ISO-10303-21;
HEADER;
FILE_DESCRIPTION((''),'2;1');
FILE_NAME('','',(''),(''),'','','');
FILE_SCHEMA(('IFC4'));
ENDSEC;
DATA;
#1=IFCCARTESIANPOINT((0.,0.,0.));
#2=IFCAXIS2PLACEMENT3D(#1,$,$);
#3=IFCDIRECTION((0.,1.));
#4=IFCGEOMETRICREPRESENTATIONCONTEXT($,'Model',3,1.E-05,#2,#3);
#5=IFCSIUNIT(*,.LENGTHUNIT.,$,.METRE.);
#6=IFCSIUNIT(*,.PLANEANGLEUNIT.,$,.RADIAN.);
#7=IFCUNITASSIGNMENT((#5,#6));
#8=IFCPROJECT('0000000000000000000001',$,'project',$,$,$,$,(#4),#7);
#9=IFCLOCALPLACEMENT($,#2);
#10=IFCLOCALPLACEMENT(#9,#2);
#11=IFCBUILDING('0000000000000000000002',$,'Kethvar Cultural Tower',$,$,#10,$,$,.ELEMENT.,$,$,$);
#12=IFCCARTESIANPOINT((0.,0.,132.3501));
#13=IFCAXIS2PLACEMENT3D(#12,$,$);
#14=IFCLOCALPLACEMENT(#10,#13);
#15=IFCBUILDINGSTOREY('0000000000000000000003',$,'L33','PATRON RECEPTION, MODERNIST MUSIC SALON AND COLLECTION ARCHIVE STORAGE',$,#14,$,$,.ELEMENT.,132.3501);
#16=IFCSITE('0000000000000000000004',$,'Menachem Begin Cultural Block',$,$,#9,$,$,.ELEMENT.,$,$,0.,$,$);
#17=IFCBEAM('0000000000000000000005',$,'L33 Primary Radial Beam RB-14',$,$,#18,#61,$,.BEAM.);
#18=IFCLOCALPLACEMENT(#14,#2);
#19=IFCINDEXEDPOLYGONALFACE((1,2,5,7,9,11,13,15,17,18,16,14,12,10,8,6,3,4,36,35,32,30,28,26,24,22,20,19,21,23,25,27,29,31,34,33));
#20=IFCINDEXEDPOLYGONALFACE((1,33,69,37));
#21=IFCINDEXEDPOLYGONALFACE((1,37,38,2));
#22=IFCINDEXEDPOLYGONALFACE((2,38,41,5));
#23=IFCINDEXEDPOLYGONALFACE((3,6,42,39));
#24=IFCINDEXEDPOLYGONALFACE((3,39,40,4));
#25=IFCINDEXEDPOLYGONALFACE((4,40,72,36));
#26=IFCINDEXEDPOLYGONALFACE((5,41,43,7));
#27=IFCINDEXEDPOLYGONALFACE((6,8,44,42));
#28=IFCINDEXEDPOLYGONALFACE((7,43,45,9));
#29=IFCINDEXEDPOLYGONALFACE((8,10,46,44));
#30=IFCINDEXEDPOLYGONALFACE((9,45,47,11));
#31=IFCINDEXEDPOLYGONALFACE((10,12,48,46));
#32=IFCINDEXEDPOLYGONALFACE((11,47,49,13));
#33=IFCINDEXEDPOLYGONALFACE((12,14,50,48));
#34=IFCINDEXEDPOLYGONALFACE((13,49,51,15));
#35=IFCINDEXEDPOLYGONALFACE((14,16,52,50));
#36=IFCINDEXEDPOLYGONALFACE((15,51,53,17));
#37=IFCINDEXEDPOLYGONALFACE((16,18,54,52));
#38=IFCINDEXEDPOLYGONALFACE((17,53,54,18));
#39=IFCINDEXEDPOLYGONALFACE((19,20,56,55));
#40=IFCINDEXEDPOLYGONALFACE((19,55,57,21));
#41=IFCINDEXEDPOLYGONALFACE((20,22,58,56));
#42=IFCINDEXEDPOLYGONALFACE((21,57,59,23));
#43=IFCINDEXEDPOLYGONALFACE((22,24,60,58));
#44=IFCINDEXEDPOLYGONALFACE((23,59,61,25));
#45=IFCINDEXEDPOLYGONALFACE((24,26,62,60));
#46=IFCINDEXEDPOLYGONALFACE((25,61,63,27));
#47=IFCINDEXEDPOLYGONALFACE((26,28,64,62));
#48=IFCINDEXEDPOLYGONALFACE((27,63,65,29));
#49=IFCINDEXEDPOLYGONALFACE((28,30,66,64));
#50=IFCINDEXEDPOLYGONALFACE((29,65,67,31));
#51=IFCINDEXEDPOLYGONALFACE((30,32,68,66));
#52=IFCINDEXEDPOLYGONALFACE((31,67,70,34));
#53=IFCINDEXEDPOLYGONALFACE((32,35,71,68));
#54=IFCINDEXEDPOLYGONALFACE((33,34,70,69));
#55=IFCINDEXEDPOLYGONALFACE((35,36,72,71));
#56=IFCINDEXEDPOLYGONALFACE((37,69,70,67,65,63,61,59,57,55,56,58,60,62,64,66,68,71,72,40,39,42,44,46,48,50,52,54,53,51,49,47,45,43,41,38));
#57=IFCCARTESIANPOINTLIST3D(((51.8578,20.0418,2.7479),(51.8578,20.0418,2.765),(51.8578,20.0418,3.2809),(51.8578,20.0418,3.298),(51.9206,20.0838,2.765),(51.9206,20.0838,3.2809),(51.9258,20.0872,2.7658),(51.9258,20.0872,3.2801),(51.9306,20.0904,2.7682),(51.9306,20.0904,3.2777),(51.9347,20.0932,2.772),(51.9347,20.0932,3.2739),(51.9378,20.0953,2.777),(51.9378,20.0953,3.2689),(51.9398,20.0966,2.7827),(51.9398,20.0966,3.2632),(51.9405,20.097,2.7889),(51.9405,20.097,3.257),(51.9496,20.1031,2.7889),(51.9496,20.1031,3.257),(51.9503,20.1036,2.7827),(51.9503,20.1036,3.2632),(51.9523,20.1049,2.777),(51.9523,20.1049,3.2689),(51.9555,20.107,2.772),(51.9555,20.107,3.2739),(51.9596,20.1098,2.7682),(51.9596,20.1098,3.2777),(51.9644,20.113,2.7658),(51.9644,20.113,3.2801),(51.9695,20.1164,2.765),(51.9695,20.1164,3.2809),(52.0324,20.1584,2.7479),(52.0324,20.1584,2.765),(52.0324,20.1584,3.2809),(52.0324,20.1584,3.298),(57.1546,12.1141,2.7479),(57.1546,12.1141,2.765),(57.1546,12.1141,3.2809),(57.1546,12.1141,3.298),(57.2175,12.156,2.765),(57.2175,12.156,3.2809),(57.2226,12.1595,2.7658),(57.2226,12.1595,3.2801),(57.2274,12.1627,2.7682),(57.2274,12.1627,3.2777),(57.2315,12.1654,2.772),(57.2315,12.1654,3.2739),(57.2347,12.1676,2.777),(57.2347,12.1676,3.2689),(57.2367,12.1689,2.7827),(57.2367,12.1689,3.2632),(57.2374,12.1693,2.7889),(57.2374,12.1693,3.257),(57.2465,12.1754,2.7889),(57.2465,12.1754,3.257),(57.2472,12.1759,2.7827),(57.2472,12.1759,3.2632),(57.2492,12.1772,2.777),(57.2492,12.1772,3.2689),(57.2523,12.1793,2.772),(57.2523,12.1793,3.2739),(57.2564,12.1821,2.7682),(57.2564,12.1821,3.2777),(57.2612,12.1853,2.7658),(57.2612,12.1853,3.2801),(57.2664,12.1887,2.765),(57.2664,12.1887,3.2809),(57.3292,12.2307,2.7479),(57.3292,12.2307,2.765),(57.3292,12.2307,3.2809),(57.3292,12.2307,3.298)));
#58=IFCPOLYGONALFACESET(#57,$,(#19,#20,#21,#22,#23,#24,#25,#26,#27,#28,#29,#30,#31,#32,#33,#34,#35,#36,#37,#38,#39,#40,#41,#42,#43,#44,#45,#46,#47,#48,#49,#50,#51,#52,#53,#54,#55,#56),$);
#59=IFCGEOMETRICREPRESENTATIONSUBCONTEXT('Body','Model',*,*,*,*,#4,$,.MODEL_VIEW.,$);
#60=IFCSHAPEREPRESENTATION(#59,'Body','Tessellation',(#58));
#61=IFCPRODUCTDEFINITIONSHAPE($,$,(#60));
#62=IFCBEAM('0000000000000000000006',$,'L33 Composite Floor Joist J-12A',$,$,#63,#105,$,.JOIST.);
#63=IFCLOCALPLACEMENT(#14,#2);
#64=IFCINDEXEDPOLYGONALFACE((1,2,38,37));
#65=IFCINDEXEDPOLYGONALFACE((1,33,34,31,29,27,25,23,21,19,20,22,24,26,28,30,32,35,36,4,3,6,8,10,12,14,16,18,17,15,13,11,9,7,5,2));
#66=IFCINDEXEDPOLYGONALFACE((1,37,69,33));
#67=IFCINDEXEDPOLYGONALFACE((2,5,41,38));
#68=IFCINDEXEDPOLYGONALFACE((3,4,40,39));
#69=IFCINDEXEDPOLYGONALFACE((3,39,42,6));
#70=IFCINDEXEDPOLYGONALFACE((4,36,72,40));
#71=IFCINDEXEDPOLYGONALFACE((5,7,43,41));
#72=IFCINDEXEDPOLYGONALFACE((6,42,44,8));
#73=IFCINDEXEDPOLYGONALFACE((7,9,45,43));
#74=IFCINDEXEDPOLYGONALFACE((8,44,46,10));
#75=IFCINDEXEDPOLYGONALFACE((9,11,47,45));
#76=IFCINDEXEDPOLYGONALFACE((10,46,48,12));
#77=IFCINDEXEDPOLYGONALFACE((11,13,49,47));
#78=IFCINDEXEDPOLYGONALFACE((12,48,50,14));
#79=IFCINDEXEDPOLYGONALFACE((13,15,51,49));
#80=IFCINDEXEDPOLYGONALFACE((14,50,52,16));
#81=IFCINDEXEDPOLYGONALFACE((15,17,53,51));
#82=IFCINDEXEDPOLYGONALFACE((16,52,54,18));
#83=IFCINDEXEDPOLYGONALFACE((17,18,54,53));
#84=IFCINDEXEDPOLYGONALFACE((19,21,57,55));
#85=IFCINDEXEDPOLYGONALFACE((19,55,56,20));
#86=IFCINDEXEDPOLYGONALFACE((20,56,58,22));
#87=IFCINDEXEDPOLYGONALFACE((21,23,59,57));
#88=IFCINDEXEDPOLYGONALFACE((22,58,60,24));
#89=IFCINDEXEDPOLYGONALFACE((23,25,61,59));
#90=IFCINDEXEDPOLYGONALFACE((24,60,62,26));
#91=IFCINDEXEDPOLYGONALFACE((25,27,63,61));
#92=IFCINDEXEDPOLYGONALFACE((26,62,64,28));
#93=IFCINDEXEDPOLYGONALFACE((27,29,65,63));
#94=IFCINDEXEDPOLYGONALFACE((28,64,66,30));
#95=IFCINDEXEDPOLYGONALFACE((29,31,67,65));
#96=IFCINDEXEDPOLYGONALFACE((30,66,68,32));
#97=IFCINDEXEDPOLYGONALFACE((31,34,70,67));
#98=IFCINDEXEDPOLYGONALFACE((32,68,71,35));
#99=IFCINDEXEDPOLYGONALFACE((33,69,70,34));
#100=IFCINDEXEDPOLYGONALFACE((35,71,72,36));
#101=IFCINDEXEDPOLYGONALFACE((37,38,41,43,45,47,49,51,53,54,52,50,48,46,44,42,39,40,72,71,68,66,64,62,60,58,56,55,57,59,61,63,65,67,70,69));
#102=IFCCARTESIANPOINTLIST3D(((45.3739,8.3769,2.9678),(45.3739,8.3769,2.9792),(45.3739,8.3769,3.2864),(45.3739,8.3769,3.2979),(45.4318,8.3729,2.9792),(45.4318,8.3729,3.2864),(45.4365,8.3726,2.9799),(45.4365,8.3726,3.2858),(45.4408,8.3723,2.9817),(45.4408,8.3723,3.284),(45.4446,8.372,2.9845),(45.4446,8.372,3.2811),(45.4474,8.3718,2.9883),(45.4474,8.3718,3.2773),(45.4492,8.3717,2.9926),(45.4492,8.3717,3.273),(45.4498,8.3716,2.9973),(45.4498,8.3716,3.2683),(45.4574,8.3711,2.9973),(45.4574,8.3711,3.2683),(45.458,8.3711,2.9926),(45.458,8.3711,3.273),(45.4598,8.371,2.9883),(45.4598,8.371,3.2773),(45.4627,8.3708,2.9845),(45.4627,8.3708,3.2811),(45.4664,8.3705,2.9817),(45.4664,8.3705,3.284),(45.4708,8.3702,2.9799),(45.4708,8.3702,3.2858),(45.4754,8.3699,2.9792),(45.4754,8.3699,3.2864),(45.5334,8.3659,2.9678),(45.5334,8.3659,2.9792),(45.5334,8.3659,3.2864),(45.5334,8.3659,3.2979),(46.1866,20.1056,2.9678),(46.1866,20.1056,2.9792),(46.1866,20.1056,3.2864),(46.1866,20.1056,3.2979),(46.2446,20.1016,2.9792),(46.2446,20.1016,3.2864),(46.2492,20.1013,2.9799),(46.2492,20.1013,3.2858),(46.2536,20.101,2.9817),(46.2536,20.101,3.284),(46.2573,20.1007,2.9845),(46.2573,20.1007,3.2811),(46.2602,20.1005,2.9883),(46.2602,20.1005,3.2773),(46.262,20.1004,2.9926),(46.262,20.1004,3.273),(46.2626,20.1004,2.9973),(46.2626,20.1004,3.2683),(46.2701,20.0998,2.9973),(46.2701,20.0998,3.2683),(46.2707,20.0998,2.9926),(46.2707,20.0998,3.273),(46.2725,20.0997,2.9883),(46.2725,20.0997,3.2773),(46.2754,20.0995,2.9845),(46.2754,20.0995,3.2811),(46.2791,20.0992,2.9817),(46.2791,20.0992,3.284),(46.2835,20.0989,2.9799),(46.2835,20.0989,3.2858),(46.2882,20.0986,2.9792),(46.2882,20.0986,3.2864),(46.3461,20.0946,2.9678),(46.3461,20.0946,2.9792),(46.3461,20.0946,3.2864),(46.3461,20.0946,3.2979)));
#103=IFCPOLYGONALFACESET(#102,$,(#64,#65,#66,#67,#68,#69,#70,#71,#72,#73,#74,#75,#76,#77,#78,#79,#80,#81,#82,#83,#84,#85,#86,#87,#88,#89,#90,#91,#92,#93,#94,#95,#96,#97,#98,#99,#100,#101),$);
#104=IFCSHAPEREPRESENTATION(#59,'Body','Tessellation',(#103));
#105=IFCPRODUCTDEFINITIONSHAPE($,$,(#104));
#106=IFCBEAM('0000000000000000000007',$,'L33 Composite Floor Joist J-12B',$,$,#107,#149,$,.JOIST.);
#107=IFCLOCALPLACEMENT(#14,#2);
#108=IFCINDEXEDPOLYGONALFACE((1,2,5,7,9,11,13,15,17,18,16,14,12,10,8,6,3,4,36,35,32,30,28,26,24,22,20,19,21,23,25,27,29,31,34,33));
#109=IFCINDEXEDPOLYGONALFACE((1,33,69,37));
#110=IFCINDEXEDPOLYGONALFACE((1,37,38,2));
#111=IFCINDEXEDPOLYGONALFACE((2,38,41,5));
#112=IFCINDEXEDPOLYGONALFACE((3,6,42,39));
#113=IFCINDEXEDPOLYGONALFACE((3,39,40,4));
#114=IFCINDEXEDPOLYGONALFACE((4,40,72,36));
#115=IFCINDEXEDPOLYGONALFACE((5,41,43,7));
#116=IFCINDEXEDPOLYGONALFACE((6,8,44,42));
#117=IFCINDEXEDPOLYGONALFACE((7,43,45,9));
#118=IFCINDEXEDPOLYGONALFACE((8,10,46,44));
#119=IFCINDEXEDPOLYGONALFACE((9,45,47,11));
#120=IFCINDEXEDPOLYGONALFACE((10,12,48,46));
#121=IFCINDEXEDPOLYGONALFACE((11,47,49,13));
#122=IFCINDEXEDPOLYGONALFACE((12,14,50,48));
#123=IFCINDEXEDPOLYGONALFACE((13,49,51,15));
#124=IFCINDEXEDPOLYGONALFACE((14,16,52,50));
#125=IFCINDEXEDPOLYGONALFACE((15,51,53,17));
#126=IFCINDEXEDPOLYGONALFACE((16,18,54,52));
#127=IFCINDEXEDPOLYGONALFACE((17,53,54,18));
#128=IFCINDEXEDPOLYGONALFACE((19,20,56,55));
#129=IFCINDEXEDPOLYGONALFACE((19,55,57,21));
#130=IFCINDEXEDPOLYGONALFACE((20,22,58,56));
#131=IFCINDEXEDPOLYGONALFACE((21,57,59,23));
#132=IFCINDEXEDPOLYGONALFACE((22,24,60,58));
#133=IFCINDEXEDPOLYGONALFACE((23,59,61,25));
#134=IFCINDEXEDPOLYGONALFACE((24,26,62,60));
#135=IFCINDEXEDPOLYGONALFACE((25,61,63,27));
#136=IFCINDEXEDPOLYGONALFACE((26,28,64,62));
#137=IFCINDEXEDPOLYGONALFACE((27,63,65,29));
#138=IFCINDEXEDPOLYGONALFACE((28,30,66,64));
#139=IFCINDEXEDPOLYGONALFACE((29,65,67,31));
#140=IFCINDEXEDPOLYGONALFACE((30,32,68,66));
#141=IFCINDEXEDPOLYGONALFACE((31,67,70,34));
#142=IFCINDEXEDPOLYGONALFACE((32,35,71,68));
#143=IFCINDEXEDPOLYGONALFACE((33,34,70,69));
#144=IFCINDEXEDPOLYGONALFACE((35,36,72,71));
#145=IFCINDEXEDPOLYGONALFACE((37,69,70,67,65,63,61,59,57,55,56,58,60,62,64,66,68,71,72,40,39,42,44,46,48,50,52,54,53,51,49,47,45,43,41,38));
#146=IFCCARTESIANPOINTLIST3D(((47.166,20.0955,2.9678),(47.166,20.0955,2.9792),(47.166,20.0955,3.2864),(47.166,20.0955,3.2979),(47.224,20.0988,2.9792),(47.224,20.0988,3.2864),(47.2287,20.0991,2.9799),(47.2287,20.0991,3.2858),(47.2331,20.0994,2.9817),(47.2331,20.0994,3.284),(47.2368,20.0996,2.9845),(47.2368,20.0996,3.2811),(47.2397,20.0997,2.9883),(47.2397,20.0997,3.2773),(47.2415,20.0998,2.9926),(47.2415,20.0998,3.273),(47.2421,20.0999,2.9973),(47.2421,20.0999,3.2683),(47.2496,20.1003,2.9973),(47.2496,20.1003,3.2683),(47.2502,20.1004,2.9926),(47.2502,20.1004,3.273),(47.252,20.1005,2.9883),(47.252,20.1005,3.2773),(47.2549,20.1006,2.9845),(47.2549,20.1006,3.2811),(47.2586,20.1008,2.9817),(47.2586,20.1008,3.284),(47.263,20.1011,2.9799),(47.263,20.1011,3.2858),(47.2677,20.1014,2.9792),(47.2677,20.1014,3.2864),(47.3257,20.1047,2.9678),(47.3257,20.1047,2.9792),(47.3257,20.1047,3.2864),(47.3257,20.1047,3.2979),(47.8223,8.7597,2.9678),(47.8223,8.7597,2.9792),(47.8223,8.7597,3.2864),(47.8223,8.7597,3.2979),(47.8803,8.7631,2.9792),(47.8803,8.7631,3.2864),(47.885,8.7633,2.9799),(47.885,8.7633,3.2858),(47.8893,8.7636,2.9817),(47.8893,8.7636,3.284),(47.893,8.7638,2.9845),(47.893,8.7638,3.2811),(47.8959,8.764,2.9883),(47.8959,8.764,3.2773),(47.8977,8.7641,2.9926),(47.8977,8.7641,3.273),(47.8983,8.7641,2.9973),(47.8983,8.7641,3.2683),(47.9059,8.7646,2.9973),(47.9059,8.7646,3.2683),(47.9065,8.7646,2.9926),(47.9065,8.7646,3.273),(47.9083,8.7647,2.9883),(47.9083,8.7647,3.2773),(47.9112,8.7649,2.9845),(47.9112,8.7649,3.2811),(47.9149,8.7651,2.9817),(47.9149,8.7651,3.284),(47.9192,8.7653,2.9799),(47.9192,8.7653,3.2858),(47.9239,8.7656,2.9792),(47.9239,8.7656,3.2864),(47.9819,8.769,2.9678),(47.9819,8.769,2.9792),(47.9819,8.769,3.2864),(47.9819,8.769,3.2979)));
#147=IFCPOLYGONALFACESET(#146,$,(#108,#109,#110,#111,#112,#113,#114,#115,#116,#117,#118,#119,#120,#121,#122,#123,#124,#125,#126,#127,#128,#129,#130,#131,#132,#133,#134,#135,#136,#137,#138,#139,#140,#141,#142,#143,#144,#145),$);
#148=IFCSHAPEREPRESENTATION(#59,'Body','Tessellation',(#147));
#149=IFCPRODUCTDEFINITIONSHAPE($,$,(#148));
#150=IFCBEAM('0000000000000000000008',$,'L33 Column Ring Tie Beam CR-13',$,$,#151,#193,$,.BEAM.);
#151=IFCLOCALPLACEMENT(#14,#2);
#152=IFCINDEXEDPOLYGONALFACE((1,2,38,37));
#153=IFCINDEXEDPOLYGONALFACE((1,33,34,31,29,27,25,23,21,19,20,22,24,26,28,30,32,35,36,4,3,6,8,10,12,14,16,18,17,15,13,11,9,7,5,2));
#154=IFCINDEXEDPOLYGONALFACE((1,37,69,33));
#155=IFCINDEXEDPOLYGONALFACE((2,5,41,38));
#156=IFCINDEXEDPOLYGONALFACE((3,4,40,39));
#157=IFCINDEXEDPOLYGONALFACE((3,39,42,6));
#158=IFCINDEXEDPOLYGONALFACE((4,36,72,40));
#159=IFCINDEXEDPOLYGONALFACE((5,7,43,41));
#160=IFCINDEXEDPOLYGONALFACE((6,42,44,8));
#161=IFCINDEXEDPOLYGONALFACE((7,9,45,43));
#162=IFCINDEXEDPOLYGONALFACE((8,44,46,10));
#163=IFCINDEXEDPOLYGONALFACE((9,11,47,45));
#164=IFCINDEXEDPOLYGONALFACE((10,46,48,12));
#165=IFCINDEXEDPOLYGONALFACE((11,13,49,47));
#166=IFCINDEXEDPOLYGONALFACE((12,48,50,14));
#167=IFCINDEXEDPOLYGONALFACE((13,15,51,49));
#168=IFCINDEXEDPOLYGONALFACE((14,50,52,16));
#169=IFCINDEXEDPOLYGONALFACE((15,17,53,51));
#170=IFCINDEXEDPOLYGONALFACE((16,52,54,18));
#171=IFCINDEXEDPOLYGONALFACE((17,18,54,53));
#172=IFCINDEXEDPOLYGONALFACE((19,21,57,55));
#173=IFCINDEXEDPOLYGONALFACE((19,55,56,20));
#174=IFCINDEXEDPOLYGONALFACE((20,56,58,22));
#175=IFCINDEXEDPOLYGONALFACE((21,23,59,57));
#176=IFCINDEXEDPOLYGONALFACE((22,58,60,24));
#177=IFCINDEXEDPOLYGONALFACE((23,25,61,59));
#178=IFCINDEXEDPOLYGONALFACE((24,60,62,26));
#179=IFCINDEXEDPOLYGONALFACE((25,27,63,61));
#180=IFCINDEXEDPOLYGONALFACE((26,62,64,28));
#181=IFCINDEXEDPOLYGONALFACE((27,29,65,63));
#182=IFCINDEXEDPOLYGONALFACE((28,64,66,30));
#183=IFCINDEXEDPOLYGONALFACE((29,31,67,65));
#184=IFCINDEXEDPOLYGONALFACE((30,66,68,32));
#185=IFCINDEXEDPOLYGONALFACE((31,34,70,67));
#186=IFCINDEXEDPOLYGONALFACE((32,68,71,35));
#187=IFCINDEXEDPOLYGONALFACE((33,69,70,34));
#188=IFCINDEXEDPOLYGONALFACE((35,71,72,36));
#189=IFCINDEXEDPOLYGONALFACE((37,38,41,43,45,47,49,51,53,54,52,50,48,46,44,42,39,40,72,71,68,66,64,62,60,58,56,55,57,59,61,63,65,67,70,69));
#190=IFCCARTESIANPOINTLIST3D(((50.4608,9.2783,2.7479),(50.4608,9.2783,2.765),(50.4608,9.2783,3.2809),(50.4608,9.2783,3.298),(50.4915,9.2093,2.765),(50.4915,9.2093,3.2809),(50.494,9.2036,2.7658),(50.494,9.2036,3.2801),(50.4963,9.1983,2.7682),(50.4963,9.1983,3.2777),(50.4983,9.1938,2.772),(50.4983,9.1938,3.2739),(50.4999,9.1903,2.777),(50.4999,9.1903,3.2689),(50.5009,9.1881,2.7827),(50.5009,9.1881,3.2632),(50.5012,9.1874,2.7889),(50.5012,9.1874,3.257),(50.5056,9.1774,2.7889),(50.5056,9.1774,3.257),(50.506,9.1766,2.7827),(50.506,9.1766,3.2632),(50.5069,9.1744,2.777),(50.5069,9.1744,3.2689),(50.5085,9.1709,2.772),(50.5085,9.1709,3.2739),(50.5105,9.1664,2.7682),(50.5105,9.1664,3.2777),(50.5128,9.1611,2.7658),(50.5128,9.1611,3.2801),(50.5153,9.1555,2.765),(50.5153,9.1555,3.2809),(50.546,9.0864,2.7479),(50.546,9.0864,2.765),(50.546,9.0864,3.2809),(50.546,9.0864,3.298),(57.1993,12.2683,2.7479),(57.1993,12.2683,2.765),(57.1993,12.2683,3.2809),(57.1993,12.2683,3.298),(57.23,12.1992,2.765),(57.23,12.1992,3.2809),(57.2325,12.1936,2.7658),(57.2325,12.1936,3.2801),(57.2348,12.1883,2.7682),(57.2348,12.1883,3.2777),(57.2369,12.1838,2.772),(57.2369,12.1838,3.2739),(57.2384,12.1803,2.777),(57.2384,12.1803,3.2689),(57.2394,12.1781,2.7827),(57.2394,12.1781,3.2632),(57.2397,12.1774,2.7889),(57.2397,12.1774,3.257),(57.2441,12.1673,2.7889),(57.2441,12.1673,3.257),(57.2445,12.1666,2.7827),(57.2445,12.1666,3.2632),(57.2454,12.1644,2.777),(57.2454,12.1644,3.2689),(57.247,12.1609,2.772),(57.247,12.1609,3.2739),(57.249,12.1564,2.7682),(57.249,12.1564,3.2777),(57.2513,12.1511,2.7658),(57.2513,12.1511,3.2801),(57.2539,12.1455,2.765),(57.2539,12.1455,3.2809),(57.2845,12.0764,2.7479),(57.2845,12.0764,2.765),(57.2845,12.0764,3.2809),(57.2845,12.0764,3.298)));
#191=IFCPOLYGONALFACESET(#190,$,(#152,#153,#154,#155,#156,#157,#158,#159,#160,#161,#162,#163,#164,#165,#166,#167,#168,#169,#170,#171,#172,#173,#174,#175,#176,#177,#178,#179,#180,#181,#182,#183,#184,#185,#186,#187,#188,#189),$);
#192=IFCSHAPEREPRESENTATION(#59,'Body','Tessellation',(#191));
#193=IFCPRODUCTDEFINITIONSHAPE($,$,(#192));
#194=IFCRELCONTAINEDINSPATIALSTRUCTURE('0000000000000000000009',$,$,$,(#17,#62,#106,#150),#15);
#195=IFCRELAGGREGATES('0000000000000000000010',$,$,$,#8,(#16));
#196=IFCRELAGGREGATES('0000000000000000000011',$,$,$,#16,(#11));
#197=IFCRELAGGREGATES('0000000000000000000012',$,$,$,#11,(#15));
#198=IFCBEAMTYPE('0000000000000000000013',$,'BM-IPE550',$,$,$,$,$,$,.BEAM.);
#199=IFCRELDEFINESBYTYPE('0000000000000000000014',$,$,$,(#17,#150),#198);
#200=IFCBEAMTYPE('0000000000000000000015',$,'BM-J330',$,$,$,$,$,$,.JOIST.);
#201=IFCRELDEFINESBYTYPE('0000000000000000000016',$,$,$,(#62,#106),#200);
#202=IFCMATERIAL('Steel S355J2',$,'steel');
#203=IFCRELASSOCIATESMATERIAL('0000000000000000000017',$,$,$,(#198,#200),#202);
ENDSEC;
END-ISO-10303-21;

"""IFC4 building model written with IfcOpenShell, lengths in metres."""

from ifc_helpers import new_model, si_unit, direction, frame, origin, origin_2d, place, context, subcontext, project, spatial, i_section, extrude, source, transform, mapped, material, material_profile, profile_set, type_object, element, save


model = new_model("IFC4")

# Units and contexts
model_context = context("Model", 3, precision=1e-05, world=origin(), true_north=direction((0.0, 1.0)))
body_context = subcontext(model_context, "Body", "Model", "MODEL_VIEW")
ifc_project = project(units=[si_unit("LENGTHUNIT", "METRE"), si_unit("PLANEANGLEUNIT", "RADIAN")], contexts=[model_context])

# Site, building, storey
site_placement = place(None, origin())
site = spatial("IfcSite", under=ifc_project, at=site_placement, Name="Menachem Begin Cultural Block", CompositionType="ELEMENT", RefElevation=0.0)
building_placement = place(site_placement, origin())
building = spatial("IfcBuilding", under=site, at=building_placement, Name="Kethvar Cultural Tower", CompositionType="ELEMENT")
storey_placement = place(building_placement, frame((0.0, 0.0, 132.3501)))
storey = spatial("IfcBuildingStorey", under=building, at=storey_placement, Name="L33", Description="PATRON RECEPTION, MODERNIST MUSIC SALON AND COLLECTION ARCHIVE STORAGE", CompositionType="ELEMENT", Elevation=132.3501)

# Beams
ifc_material_1 = material(Name="Steel S355J2", Category="steel")
ifc_material_profile_1 = material_profile(ifc_material_1, i_section(OverallWidth=0.21, OverallDepth=0.55, WebThickness=0.011, FlangeThickness=0.0171, FilletRadius=0.0239, at=origin_2d()), Name="Steel S355J2 — IPE550")
ifc_profile_set_1 = profile_set([ifc_material_profile_1], Name="Steel S355J2 — IPE550")
beam_type_1 = type_object("IfcBeamType", Name="BM-IPE550", PredefinedType="BEAM", material=ifc_profile_set_1)
shared_shape_1 = source(origin(), body_context, "Body", "SweptSolid", [
    extrude(i_section(OverallWidth=0.21, OverallDepth=0.55, WebThickness=0.011, FlangeThickness=0.0171, FilletRadius=0.0239, at=origin_2d()), origin(), (0.0, 0.0, 1.0), 9.5344),
])
beam_1_placement = place(storey_placement, frame((51.9451, 20.1001, 3.0229), z_axis=(0.555551, -0.831483, 0.0), x_axis=(0.831483, 0.555551, 0.0)))
element("IfcBeam", 1, at=beam_1_placement, inside=storey, type_object=beam_type_1, Name="L33 Primary Radial Beam RB-14", PredefinedType="BEAM", context=body_context, shape_type="MappedRepresentation", body=[
    mapped(shared_shape_1, transform((0.0, 0.0, 0.0), scale=1.0)),
])
ifc_material_profile_2 = material_profile(ifc_material_1, i_section(OverallWidth=0.1599, OverallDepth=0.3301, WebThickness=0.0076, FlangeThickness=0.0115, FilletRadius=0.0181, at=origin_2d()), Name="Steel S355J2 — IPE330")
ifc_profile_set_2 = profile_set([ifc_material_profile_2], Name="Steel S355J2 — IPE330")
beam_type_2 = type_object("IfcBeamType", Name="BM-J330", PredefinedType="JOIST", material=ifc_profile_set_2)
shared_shape_2 = source(origin(), body_context, "Body", "SweptSolid", [
    extrude(i_section(OverallWidth=0.1599, OverallDepth=0.3301, WebThickness=0.0076, FlangeThickness=0.0115, FilletRadius=0.0181, at=origin_2d()), origin(), (0.0, 0.0, 1.0), 11.7568),
])
beam_2_placement = place(storey_placement, frame((46.2664, 20.1001, 3.1328), z_axis=(-0.069129, -0.997608, 0.0), x_axis=(0.997608, -0.069129, 0.0)))
element("IfcBeam", 2, at=beam_2_placement, inside=storey, type_object=beam_type_2, Name="L33 Composite Floor Joist J-12A", PredefinedType="JOIST", context=body_context, shape_type="MappedRepresentation", body=[
    mapped(shared_shape_2, transform((0.0, 0.0, 0.0), scale=1.0)),
])
shared_shape_3 = source(origin(), body_context, "Body", "SweptSolid", [
    extrude(i_section(OverallWidth=0.1599, OverallDepth=0.3301, WebThickness=0.0076, FlangeThickness=0.0115, FilletRadius=0.0181, at=origin_2d()), origin(), (0.0, 0.0, 1.0), 11.3547),
])
beam_3_placement = place(storey_placement, frame((47.2458, 20.1001, 3.1328), z_axis=(0.057796, -0.998328, 0.0), x_axis=(0.998328, 0.057796, 0.0)))
element("IfcBeam", 3, at=beam_3_placement, inside=storey, type_object=beam_type_2, Name="L33 Composite Floor Joist J-12B", PredefinedType="JOIST", context=body_context, shape_type="MappedRepresentation", body=[
    mapped(shared_shape_3, transform((0.0, 0.0, 0.0), scale=1.0)),
])
shared_shape_4 = source(origin(), body_context, "Body", "SweptSolid", [
    extrude(i_section(OverallWidth=0.21, OverallDepth=0.55, WebThickness=0.011, FlangeThickness=0.0171, FilletRadius=0.0239, at=origin_2d()), origin(), (0.0, 0.0, 1.0), 7.3721),
])
beam_4_placement = place(storey_placement, frame((50.5034, 9.1824, 3.0229), z_axis=(0.914059, 0.405582, 0.0), x_axis=(-0.405582, 0.914059, 0.0)))
element("IfcBeam", 4, at=beam_4_placement, inside=storey, type_object=beam_type_1, Name="L33 Column Ring Tie Beam CR-13", PredefinedType="BEAM", context=body_context, shape_type="MappedRepresentation", body=[
    mapped(shared_shape_4, transform((0.0, 0.0, 0.0), scale=1.0)),
])

save(model, "model.ifc")
